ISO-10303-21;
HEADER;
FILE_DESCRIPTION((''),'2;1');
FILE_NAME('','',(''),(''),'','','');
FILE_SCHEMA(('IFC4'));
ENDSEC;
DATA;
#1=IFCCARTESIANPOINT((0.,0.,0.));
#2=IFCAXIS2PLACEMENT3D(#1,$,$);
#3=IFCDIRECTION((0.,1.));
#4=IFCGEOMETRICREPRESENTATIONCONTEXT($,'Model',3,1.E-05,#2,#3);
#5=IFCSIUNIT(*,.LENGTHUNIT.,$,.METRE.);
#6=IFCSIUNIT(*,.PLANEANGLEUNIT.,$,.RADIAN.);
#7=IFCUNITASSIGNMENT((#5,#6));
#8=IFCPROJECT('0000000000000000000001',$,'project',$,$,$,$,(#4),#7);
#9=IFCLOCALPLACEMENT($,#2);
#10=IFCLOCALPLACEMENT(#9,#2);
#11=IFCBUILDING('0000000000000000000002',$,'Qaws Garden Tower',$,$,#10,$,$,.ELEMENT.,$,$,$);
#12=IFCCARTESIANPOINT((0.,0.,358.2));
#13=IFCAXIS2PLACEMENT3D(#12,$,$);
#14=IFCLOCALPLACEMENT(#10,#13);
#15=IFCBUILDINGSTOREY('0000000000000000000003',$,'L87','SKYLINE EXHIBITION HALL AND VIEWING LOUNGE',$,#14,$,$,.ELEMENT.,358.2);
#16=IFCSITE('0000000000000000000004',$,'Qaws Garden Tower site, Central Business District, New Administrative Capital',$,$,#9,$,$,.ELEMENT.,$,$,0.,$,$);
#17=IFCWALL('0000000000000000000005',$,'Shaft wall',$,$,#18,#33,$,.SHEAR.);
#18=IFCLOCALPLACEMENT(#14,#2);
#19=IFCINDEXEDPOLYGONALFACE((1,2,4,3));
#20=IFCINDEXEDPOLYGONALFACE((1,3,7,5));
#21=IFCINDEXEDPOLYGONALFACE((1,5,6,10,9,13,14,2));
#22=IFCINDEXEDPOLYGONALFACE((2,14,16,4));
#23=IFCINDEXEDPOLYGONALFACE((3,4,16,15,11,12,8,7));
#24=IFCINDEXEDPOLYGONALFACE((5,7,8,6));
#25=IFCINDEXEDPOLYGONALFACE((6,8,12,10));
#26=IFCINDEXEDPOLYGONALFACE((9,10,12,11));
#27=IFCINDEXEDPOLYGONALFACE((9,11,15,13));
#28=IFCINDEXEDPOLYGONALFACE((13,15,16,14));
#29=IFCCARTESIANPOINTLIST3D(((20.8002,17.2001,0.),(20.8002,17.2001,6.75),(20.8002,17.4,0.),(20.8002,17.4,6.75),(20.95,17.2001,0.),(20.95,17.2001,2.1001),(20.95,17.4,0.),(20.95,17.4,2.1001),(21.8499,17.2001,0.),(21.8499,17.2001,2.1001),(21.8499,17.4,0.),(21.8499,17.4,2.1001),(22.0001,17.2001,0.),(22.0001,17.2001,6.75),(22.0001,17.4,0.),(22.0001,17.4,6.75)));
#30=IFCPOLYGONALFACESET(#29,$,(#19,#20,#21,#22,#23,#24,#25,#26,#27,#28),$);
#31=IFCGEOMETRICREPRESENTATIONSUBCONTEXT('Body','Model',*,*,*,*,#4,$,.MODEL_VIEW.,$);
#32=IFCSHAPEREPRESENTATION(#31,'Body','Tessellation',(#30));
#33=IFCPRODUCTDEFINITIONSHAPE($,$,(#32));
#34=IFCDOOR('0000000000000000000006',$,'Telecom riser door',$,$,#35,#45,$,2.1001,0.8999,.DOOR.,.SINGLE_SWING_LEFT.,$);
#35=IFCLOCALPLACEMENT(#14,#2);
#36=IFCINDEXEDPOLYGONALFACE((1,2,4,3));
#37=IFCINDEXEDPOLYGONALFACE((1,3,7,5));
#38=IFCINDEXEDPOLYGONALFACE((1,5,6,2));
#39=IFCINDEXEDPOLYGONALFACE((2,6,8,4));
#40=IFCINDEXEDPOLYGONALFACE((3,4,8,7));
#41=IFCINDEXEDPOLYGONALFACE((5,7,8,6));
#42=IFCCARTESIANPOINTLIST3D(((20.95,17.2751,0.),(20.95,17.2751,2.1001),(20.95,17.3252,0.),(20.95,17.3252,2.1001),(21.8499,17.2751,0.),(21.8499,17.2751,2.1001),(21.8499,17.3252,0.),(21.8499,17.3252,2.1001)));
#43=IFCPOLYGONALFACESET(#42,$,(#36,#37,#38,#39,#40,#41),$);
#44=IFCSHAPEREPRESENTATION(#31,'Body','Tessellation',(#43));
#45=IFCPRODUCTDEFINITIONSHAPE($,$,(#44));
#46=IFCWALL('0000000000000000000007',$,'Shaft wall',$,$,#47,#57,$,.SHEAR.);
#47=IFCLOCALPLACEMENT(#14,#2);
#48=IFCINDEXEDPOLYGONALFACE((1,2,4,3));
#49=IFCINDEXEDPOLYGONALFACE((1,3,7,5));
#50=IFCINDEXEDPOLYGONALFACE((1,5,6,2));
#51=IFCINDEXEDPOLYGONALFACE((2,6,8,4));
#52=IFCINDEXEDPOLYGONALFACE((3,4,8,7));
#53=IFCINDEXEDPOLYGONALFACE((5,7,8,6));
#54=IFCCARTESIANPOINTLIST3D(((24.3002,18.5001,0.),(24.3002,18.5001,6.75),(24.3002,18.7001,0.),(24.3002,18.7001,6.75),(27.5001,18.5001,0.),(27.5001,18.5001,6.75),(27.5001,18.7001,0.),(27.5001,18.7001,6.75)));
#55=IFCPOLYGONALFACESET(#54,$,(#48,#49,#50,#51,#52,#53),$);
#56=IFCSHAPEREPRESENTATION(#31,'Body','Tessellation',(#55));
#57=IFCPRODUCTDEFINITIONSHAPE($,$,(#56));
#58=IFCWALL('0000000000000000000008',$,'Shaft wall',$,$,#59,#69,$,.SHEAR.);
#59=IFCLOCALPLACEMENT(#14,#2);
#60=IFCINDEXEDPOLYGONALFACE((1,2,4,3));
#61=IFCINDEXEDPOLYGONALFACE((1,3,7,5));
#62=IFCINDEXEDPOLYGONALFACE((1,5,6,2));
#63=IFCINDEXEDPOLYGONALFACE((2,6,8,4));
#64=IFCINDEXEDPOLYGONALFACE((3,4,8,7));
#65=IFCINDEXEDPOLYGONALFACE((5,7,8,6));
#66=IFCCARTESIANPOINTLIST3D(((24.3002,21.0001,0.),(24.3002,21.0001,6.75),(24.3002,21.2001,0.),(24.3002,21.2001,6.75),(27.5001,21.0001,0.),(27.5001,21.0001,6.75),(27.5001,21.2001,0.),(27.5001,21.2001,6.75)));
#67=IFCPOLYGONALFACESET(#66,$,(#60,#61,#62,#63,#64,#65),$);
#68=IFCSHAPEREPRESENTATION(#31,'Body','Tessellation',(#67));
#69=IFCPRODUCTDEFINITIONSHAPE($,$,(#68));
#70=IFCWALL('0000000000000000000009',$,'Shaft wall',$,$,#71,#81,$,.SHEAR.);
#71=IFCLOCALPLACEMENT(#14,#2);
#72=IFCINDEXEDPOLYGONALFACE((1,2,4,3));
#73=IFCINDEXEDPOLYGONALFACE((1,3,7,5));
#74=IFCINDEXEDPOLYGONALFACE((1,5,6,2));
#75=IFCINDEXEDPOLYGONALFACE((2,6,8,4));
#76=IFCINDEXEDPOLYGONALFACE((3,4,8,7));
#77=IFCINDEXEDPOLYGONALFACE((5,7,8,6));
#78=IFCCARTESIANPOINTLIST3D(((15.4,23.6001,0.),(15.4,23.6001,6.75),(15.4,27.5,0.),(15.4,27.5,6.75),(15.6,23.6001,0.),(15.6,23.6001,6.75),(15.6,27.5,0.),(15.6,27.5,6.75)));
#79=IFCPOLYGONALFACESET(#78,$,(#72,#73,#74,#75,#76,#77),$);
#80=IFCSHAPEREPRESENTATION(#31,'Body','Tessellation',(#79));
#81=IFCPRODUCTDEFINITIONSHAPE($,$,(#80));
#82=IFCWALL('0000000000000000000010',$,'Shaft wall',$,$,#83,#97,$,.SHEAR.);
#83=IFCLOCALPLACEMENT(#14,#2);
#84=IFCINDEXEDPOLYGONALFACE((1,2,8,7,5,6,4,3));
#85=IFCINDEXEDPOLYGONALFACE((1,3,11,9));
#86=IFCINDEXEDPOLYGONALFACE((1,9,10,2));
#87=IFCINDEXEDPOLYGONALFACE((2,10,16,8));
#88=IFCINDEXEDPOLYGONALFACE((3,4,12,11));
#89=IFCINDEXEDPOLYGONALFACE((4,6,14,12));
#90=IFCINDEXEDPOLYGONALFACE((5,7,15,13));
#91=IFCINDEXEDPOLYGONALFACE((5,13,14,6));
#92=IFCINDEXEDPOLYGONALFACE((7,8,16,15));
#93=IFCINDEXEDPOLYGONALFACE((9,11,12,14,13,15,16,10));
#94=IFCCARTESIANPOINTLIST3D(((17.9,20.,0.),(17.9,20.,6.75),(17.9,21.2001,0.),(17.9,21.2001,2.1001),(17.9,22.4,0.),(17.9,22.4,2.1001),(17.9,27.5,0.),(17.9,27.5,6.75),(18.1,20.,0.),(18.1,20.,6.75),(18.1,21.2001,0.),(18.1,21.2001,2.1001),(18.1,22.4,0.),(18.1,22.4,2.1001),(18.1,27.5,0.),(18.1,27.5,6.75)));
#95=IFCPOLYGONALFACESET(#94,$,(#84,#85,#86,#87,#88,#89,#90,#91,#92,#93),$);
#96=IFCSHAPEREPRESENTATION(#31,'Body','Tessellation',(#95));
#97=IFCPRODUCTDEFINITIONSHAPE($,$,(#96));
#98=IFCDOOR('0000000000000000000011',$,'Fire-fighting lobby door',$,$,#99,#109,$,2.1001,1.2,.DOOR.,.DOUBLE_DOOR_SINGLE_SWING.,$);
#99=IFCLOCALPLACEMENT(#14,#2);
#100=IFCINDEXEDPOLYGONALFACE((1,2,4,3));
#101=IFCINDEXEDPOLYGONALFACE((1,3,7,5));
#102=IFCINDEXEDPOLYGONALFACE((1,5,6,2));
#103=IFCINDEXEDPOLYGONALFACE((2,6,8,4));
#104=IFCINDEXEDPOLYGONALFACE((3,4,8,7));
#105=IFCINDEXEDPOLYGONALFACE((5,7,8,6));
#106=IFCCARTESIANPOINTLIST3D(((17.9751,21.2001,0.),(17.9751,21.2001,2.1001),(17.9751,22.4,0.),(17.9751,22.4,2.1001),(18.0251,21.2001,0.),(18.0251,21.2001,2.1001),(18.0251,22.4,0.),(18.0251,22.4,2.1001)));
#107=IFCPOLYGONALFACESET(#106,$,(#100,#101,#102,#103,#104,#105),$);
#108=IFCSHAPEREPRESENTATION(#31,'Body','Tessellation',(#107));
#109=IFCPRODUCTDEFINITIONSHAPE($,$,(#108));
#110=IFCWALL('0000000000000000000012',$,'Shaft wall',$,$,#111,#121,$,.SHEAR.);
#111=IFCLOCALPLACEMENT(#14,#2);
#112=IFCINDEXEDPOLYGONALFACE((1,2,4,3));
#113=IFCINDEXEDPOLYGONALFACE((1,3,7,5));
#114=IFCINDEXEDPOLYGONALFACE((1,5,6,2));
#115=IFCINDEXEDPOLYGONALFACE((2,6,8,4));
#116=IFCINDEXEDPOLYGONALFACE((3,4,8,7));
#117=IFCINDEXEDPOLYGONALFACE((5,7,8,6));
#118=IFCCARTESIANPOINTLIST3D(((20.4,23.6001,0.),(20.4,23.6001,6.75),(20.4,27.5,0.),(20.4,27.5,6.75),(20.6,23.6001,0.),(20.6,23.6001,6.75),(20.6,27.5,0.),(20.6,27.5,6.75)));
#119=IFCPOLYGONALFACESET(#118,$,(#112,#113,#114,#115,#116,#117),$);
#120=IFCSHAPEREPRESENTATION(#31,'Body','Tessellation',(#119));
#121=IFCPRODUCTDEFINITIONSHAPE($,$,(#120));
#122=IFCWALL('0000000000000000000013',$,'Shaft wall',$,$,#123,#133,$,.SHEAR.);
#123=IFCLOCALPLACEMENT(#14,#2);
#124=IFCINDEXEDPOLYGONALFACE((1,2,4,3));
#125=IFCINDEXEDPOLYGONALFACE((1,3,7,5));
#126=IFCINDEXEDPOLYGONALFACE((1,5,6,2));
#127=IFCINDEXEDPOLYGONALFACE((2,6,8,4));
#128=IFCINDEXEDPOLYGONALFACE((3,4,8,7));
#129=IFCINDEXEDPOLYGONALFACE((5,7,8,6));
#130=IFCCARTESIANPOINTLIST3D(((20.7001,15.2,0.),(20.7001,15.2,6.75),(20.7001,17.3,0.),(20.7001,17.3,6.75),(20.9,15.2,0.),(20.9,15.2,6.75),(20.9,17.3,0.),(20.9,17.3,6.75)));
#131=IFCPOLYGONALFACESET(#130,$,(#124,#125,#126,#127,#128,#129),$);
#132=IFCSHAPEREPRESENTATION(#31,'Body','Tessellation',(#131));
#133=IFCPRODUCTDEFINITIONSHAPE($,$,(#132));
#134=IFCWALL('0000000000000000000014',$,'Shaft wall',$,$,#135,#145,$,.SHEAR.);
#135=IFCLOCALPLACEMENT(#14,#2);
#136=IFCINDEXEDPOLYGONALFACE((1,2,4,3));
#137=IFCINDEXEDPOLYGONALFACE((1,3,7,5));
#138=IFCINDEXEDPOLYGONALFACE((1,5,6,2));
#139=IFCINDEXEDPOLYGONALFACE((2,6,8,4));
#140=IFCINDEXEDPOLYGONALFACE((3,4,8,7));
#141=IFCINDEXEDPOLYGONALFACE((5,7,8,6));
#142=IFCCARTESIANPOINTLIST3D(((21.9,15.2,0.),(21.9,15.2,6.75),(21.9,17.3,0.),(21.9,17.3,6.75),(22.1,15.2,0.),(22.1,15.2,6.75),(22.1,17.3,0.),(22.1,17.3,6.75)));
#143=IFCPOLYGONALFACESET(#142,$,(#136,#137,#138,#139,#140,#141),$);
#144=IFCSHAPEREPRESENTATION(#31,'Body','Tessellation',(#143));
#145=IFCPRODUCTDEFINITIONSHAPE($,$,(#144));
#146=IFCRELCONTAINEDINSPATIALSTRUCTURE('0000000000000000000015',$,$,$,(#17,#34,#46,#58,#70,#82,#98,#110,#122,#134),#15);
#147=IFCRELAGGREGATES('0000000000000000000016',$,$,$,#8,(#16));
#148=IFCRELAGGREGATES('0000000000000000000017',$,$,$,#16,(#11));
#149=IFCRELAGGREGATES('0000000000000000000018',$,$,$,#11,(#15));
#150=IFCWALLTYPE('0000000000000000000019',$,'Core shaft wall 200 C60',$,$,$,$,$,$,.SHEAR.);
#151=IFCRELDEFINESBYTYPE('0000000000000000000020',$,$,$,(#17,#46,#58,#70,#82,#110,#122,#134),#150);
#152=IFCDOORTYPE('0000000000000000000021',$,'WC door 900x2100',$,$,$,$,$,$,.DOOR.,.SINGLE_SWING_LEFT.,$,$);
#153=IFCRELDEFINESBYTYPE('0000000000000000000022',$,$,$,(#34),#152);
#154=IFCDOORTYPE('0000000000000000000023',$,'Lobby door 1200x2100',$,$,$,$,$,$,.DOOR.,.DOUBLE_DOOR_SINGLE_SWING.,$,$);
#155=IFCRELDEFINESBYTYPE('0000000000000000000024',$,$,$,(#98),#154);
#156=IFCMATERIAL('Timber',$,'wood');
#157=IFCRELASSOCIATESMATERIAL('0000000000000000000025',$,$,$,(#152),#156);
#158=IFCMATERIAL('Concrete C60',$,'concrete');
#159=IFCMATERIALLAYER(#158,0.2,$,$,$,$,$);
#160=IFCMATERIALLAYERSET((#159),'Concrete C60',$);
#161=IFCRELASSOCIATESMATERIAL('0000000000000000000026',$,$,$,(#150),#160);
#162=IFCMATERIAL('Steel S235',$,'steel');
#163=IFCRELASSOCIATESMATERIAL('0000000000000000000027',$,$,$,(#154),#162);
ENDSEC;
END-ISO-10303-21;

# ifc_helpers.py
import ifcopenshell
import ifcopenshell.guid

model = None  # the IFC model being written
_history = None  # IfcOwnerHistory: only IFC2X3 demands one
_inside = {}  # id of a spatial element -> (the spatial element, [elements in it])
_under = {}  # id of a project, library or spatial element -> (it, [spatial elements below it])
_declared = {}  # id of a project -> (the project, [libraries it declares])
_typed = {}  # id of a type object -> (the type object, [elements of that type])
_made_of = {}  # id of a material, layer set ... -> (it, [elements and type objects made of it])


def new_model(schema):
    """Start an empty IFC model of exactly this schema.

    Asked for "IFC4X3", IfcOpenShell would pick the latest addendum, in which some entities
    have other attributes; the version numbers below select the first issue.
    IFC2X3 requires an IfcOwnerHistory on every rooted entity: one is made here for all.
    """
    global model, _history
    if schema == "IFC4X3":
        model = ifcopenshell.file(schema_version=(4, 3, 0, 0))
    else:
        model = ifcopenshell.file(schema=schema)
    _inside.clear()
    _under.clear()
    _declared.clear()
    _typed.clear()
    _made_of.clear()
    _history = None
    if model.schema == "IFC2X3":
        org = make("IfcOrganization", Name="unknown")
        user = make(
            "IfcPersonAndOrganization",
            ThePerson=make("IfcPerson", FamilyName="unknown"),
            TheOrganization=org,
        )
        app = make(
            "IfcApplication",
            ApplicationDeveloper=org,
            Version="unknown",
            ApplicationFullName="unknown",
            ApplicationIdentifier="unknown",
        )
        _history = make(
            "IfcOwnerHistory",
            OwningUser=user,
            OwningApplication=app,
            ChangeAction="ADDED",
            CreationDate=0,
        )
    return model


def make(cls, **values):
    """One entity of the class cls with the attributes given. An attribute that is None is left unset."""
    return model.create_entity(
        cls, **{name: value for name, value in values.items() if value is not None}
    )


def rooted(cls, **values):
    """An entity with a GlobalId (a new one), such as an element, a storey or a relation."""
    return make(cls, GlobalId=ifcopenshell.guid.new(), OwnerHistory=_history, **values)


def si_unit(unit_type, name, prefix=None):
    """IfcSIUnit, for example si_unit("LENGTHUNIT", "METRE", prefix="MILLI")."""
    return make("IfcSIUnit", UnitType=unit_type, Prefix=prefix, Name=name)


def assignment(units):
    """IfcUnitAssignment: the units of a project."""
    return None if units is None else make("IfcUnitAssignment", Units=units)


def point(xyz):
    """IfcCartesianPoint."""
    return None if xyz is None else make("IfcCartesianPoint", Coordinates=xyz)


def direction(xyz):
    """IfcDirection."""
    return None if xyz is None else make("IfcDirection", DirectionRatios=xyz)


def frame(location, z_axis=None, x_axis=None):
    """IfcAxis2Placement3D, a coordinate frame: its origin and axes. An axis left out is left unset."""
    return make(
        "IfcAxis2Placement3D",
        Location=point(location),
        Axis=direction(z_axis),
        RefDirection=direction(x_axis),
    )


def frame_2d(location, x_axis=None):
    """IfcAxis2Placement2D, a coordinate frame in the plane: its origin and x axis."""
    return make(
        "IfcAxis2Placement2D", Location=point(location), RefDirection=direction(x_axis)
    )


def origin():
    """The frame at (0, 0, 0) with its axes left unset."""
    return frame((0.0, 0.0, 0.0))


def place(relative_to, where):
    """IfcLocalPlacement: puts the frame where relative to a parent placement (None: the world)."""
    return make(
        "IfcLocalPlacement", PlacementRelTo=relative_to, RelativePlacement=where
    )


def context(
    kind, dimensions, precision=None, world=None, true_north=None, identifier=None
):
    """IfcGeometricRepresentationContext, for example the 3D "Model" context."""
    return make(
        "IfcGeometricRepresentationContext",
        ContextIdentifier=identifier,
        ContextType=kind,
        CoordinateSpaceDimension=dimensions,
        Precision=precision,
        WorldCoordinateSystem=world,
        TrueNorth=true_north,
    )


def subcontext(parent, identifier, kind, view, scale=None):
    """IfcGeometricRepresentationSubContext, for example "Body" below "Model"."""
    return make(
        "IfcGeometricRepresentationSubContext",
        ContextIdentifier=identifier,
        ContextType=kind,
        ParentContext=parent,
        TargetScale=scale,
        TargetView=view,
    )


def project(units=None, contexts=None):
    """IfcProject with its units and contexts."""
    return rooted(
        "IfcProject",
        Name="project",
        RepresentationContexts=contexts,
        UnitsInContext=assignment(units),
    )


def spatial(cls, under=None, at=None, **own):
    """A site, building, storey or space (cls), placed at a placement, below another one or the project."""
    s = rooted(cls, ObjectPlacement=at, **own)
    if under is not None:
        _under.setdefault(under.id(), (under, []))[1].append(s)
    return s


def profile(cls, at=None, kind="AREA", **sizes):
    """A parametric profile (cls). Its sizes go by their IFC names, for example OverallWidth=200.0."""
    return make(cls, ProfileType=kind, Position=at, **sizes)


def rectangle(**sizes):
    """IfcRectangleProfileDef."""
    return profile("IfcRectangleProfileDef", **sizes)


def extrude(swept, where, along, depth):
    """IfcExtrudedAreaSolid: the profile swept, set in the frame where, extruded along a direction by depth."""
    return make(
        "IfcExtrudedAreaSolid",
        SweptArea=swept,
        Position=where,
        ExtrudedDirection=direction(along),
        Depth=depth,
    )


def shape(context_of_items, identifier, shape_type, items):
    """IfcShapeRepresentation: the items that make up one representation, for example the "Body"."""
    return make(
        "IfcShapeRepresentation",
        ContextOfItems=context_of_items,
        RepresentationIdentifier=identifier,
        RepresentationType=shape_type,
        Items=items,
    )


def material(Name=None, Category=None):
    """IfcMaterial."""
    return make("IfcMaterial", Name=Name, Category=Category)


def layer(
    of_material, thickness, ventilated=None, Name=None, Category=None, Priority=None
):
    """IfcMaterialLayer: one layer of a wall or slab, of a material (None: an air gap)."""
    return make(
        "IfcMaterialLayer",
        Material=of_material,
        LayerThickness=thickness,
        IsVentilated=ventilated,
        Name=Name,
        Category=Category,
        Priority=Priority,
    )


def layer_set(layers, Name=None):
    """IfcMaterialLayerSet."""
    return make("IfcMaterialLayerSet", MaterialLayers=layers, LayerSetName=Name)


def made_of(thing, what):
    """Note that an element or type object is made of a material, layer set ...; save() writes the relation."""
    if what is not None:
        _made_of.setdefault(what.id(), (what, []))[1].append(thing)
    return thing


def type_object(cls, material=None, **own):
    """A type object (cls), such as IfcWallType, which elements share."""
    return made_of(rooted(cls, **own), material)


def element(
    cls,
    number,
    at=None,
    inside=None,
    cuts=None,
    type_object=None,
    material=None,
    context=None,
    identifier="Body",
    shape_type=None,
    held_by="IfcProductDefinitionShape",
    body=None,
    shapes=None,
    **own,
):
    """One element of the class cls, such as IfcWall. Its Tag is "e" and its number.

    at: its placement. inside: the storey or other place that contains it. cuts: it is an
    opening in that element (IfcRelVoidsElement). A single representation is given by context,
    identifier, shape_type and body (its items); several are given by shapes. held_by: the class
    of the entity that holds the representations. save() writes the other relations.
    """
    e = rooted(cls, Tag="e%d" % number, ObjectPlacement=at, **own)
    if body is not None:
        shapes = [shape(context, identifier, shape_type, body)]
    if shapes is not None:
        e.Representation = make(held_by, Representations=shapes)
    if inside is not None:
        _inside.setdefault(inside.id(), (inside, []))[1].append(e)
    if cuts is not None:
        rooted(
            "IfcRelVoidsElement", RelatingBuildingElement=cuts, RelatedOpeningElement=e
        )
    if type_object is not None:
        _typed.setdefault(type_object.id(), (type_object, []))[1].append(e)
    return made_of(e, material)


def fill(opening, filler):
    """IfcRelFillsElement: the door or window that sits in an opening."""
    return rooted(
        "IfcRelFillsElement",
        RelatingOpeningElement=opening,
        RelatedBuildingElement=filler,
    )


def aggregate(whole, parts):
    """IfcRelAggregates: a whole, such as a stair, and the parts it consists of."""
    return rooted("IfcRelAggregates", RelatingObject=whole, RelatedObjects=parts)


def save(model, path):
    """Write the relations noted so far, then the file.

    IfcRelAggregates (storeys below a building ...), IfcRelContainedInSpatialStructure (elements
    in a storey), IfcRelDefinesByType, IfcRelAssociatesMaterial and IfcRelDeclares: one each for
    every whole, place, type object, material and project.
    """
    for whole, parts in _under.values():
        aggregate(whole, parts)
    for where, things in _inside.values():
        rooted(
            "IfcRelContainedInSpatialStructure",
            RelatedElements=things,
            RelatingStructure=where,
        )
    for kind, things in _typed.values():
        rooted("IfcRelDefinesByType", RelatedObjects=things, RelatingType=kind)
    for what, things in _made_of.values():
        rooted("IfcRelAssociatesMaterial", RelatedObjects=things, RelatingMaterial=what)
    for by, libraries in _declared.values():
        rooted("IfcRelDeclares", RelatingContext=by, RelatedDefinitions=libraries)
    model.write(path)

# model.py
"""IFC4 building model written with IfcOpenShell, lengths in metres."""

from ifc_helpers import new_model, si_unit, direction, frame, frame_2d, origin, place, context, subcontext, project, spatial, rectangle, extrude, material, layer, layer_set, type_object, element, fill, save


model = new_model("IFC4")

# Units and contexts
model_context = context("Model", 3, precision=1e-05, world=origin(), true_north=direction((0.0, 1.0)))
body_context = subcontext(model_context, "Body", "Model", "MODEL_VIEW")
ifc_project = project(units=[si_unit("LENGTHUNIT", "METRE"), si_unit("PLANEANGLEUNIT", "RADIAN")], contexts=[model_context])

# Site, building, storey
site_placement = place(None, origin())
site = spatial("IfcSite", under=ifc_project, at=site_placement, Name="Qaws Garden Tower site, Central Business District, New Administrative Capital", CompositionType="ELEMENT", RefElevation=0.0)
building_placement = place(site_placement, origin())
building = spatial("IfcBuilding", under=site, at=building_placement, Name="Qaws Garden Tower", CompositionType="ELEMENT")
storey_placement = place(building_placement, frame((0.0, 0.0, 358.2)))
storey = spatial("IfcBuildingStorey", under=building, at=storey_placement, Name="L87", Description="SKYLINE EXHIBITION HALL AND VIEWING LOUNGE", CompositionType="ELEMENT", Elevation=358.2)

# Shared definitions
ifc_material_1 = material(Name="Timber", Category="wood")
door_type_1 = type_object("IfcDoorType", Name="WC door 900x2100", OperationType="SINGLE_SWING_LEFT", PredefinedType="DOOR", material=ifc_material_1)

# Shared definitions
ifc_material_2 = material(Name="Concrete C60", Category="concrete")
ifc_layer_1 = layer(ifc_material_2, 0.2)
ifc_layer_set_1 = layer_set([ifc_layer_1], Name="Concrete C60")
wall_type_1 = type_object("IfcWallType", Name="Core shaft wall 200 C60", PredefinedType="SHEAR", material=ifc_layer_set_1)

# Wall, opening, door
wall_1_placement = place(storey_placement, frame((20.8, 17.3, 0.0), z_axis=(0.0, 0.0, 1.0), x_axis=(1.0, 0.0, 0.0)))
wall_1 = element("IfcWall", 1, at=wall_1_placement, inside=storey, type_object=wall_type_1, Name="Shaft wall", PredefinedType="SHEAR", context=body_context, shape_type="SweptSolid", body=[
    extrude(rectangle(XDim=1.2, YDim=0.2, at=frame_2d((0.6001, 0.0))), origin(), (0.0, 0.0, 1.0), 6.75),
])
opening_1_placement = place(wall_1_placement, frame((0.1499, 0.0, 0.0)))
opening_1 = element("IfcOpeningElement", 2, at=opening_1_placement, cuts=wall_1, PredefinedType="OPENING", context=body_context, shape_type="SweptSolid", body=[
    extrude(rectangle(XDim=0.8999, YDim=2.1001, at=frame_2d((0.45, 1.05))), frame((0.0, 0.1099, 0.0), z_axis=(0.0, -1.0, 0.0), x_axis=(1.0, 0.0, 0.0)), (0.0, 0.0, 1.0), 0.22),
])
door_1_placement = place(opening_1_placement, frame((0.8999, 0.0, 0.0), z_axis=(0.0, 0.0, 1.0), x_axis=(-1.0, 0.0, 0.0)))
door_1 = element("IfcDoor", 3, at=door_1_placement, inside=storey, type_object=door_type_1, Name="Telecom riser door", OperationType="SINGLE_SWING_LEFT", OverallHeight=2.1001, OverallWidth=0.8999, PredefinedType="DOOR", context=body_context, shape_type="SweptSolid", body=[
    extrude(rectangle(XDim=0.8999, YDim=2.1001, at=frame_2d((0.45, 1.05))), frame((0.0, 0.0249, 0.0), z_axis=(0.0, -1.0, 0.0), x_axis=(1.0, 0.0, 0.0)), (0.0, 0.0, 1.0), 0.05),
])
fill(opening_1, door_1)

# Walls
for number, where, z_axis, x_axis, name in (
    (4, (24.3, 18.6001, 0.0), (0.0, 0.0, 1.0), (1.0, 0.0, 0.0), "Shaft wall"),
    (5, (24.3, 21.1001, 0.0), (0.0, 0.0, 1.0), (1.0, 0.0, 0.0), "Shaft wall"),
):
    element("IfcWall", number, at=place(storey_placement, frame(where, z_axis=z_axis, x_axis=x_axis)), inside=storey, type_object=wall_type_1, Name=name, PredefinedType="SHEAR", context=body_context, shape_type="SweptSolid", body=[
        extrude(rectangle(XDim=3.2, YDim=0.2, at=frame_2d((1.6001, 0.0))), origin(), (0.0, 0.0, 1.0), 6.75),
    ])
wall_2_placement = place(storey_placement, frame((15.5, 23.6001, 0.0), z_axis=(0.0, 0.0, 1.0), x_axis=(0.0, 1.0, 0.0)))
element("IfcWall", 6, at=wall_2_placement, inside=storey, type_object=wall_type_1, Name="Shaft wall", PredefinedType="SHEAR", context=body_context, shape_type="SweptSolid", body=[
    extrude(rectangle(XDim=3.8999, YDim=0.2, at=frame_2d((1.95, 0.0))), origin(), (0.0, 0.0, 1.0), 6.75),
])

# Wall, opening, door
wall_3_placement = place(storey_placement, frame((18.0, 20.0, 0.0), z_axis=(0.0, 0.0, 1.0), x_axis=(0.0, 1.0, 0.0)))
wall_3 = element("IfcWall", 7, at=wall_3_placement, inside=storey, type_object=wall_type_1, Name="Shaft wall", PredefinedType="SHEAR", context=body_context, shape_type="SweptSolid", body=[
    extrude(rectangle(XDim=7.5, YDim=0.2, at=frame_2d((3.75, 0.0))), origin(), (0.0, 0.0, 1.0), 6.75),
])
opening_2_placement = place(wall_3_placement, frame((1.2, 0.0, 0.0)))
opening_2 = element("IfcOpeningElement", 8, at=opening_2_placement, cuts=wall_3, PredefinedType="OPENING", context=body_context, shape_type="SweptSolid", body=[
    extrude(rectangle(XDim=1.2, YDim=2.1001, at=frame_2d((0.6001, 1.05))), frame((0.0, 0.1099, 0.0), z_axis=(0.0, -1.0, 0.0), x_axis=(1.0, 0.0, 0.0)), (0.0, 0.0, 1.0), 0.22),
])
ifc_material_3 = material(Name="Steel S235", Category="steel")
door_type_2 = type_object("IfcDoorType", Name="Lobby door 1200x2100", OperationType="DOUBLE_DOOR_SINGLE_SWING", PredefinedType="DOOR", material=ifc_material_3)
door_2_placement = place(opening_2_placement, origin())
door_2 = element("IfcDoor", 9, at=door_2_placement, inside=storey, type_object=door_type_2, Name="Fire-fighting lobby door", OperationType="DOUBLE_DOOR_SINGLE_SWING", OverallHeight=2.1001, OverallWidth=1.2, PredefinedType="DOOR", context=body_context, shape_type="SweptSolid", body=[
    extrude(rectangle(XDim=1.2, YDim=2.1001, at=frame_2d((0.6001, 1.05))), frame((0.0, 0.0249, 0.0), z_axis=(0.0, -1.0, 0.0), x_axis=(1.0, 0.0, 0.0)), (0.0, 0.0, 1.0), 0.05),
])
fill(opening_2, door_2)

# Walls
wall_4_placement = place(storey_placement, frame((20.5, 23.6001, 0.0), z_axis=(0.0, 0.0, 1.0), x_axis=(0.0, 1.0, 0.0)))
element("IfcWall", 10, at=wall_4_placement, inside=storey, type_object=wall_type_1, Name="Shaft wall", PredefinedType="SHEAR", context=body_context, shape_type="SweptSolid", body=[
    extrude(rectangle(XDim=3.8999, YDim=0.2, at=frame_2d((1.95, 0.0))), origin(), (0.0, 0.0, 1.0), 6.75),
])
for number, where, z_axis, x_axis, name in (
    (11, (20.8, 15.2, 0.0), (0.0, 0.0, 1.0), (0.0, 1.0, 0.0), "Shaft wall"),
    (12, (22.0, 15.2, 0.0), (0.0, 0.0, 1.0), (0.0, 1.0, 0.0), "Shaft wall"),
):
    element("IfcWall", number, at=place(storey_placement, frame(where, z_axis=z_axis, x_axis=x_axis)), inside=storey, type_object=wall_type_1, Name=name, PredefinedType="SHEAR", context=body_context, shape_type="SweptSolid", body=[
        extrude(rectangle(XDim=2.1001, YDim=0.2, at=frame_2d((1.05, 0.0))), origin(), (0.0, 0.0, 1.0), 6.75),
    ])

save(model, "model.ifc")
